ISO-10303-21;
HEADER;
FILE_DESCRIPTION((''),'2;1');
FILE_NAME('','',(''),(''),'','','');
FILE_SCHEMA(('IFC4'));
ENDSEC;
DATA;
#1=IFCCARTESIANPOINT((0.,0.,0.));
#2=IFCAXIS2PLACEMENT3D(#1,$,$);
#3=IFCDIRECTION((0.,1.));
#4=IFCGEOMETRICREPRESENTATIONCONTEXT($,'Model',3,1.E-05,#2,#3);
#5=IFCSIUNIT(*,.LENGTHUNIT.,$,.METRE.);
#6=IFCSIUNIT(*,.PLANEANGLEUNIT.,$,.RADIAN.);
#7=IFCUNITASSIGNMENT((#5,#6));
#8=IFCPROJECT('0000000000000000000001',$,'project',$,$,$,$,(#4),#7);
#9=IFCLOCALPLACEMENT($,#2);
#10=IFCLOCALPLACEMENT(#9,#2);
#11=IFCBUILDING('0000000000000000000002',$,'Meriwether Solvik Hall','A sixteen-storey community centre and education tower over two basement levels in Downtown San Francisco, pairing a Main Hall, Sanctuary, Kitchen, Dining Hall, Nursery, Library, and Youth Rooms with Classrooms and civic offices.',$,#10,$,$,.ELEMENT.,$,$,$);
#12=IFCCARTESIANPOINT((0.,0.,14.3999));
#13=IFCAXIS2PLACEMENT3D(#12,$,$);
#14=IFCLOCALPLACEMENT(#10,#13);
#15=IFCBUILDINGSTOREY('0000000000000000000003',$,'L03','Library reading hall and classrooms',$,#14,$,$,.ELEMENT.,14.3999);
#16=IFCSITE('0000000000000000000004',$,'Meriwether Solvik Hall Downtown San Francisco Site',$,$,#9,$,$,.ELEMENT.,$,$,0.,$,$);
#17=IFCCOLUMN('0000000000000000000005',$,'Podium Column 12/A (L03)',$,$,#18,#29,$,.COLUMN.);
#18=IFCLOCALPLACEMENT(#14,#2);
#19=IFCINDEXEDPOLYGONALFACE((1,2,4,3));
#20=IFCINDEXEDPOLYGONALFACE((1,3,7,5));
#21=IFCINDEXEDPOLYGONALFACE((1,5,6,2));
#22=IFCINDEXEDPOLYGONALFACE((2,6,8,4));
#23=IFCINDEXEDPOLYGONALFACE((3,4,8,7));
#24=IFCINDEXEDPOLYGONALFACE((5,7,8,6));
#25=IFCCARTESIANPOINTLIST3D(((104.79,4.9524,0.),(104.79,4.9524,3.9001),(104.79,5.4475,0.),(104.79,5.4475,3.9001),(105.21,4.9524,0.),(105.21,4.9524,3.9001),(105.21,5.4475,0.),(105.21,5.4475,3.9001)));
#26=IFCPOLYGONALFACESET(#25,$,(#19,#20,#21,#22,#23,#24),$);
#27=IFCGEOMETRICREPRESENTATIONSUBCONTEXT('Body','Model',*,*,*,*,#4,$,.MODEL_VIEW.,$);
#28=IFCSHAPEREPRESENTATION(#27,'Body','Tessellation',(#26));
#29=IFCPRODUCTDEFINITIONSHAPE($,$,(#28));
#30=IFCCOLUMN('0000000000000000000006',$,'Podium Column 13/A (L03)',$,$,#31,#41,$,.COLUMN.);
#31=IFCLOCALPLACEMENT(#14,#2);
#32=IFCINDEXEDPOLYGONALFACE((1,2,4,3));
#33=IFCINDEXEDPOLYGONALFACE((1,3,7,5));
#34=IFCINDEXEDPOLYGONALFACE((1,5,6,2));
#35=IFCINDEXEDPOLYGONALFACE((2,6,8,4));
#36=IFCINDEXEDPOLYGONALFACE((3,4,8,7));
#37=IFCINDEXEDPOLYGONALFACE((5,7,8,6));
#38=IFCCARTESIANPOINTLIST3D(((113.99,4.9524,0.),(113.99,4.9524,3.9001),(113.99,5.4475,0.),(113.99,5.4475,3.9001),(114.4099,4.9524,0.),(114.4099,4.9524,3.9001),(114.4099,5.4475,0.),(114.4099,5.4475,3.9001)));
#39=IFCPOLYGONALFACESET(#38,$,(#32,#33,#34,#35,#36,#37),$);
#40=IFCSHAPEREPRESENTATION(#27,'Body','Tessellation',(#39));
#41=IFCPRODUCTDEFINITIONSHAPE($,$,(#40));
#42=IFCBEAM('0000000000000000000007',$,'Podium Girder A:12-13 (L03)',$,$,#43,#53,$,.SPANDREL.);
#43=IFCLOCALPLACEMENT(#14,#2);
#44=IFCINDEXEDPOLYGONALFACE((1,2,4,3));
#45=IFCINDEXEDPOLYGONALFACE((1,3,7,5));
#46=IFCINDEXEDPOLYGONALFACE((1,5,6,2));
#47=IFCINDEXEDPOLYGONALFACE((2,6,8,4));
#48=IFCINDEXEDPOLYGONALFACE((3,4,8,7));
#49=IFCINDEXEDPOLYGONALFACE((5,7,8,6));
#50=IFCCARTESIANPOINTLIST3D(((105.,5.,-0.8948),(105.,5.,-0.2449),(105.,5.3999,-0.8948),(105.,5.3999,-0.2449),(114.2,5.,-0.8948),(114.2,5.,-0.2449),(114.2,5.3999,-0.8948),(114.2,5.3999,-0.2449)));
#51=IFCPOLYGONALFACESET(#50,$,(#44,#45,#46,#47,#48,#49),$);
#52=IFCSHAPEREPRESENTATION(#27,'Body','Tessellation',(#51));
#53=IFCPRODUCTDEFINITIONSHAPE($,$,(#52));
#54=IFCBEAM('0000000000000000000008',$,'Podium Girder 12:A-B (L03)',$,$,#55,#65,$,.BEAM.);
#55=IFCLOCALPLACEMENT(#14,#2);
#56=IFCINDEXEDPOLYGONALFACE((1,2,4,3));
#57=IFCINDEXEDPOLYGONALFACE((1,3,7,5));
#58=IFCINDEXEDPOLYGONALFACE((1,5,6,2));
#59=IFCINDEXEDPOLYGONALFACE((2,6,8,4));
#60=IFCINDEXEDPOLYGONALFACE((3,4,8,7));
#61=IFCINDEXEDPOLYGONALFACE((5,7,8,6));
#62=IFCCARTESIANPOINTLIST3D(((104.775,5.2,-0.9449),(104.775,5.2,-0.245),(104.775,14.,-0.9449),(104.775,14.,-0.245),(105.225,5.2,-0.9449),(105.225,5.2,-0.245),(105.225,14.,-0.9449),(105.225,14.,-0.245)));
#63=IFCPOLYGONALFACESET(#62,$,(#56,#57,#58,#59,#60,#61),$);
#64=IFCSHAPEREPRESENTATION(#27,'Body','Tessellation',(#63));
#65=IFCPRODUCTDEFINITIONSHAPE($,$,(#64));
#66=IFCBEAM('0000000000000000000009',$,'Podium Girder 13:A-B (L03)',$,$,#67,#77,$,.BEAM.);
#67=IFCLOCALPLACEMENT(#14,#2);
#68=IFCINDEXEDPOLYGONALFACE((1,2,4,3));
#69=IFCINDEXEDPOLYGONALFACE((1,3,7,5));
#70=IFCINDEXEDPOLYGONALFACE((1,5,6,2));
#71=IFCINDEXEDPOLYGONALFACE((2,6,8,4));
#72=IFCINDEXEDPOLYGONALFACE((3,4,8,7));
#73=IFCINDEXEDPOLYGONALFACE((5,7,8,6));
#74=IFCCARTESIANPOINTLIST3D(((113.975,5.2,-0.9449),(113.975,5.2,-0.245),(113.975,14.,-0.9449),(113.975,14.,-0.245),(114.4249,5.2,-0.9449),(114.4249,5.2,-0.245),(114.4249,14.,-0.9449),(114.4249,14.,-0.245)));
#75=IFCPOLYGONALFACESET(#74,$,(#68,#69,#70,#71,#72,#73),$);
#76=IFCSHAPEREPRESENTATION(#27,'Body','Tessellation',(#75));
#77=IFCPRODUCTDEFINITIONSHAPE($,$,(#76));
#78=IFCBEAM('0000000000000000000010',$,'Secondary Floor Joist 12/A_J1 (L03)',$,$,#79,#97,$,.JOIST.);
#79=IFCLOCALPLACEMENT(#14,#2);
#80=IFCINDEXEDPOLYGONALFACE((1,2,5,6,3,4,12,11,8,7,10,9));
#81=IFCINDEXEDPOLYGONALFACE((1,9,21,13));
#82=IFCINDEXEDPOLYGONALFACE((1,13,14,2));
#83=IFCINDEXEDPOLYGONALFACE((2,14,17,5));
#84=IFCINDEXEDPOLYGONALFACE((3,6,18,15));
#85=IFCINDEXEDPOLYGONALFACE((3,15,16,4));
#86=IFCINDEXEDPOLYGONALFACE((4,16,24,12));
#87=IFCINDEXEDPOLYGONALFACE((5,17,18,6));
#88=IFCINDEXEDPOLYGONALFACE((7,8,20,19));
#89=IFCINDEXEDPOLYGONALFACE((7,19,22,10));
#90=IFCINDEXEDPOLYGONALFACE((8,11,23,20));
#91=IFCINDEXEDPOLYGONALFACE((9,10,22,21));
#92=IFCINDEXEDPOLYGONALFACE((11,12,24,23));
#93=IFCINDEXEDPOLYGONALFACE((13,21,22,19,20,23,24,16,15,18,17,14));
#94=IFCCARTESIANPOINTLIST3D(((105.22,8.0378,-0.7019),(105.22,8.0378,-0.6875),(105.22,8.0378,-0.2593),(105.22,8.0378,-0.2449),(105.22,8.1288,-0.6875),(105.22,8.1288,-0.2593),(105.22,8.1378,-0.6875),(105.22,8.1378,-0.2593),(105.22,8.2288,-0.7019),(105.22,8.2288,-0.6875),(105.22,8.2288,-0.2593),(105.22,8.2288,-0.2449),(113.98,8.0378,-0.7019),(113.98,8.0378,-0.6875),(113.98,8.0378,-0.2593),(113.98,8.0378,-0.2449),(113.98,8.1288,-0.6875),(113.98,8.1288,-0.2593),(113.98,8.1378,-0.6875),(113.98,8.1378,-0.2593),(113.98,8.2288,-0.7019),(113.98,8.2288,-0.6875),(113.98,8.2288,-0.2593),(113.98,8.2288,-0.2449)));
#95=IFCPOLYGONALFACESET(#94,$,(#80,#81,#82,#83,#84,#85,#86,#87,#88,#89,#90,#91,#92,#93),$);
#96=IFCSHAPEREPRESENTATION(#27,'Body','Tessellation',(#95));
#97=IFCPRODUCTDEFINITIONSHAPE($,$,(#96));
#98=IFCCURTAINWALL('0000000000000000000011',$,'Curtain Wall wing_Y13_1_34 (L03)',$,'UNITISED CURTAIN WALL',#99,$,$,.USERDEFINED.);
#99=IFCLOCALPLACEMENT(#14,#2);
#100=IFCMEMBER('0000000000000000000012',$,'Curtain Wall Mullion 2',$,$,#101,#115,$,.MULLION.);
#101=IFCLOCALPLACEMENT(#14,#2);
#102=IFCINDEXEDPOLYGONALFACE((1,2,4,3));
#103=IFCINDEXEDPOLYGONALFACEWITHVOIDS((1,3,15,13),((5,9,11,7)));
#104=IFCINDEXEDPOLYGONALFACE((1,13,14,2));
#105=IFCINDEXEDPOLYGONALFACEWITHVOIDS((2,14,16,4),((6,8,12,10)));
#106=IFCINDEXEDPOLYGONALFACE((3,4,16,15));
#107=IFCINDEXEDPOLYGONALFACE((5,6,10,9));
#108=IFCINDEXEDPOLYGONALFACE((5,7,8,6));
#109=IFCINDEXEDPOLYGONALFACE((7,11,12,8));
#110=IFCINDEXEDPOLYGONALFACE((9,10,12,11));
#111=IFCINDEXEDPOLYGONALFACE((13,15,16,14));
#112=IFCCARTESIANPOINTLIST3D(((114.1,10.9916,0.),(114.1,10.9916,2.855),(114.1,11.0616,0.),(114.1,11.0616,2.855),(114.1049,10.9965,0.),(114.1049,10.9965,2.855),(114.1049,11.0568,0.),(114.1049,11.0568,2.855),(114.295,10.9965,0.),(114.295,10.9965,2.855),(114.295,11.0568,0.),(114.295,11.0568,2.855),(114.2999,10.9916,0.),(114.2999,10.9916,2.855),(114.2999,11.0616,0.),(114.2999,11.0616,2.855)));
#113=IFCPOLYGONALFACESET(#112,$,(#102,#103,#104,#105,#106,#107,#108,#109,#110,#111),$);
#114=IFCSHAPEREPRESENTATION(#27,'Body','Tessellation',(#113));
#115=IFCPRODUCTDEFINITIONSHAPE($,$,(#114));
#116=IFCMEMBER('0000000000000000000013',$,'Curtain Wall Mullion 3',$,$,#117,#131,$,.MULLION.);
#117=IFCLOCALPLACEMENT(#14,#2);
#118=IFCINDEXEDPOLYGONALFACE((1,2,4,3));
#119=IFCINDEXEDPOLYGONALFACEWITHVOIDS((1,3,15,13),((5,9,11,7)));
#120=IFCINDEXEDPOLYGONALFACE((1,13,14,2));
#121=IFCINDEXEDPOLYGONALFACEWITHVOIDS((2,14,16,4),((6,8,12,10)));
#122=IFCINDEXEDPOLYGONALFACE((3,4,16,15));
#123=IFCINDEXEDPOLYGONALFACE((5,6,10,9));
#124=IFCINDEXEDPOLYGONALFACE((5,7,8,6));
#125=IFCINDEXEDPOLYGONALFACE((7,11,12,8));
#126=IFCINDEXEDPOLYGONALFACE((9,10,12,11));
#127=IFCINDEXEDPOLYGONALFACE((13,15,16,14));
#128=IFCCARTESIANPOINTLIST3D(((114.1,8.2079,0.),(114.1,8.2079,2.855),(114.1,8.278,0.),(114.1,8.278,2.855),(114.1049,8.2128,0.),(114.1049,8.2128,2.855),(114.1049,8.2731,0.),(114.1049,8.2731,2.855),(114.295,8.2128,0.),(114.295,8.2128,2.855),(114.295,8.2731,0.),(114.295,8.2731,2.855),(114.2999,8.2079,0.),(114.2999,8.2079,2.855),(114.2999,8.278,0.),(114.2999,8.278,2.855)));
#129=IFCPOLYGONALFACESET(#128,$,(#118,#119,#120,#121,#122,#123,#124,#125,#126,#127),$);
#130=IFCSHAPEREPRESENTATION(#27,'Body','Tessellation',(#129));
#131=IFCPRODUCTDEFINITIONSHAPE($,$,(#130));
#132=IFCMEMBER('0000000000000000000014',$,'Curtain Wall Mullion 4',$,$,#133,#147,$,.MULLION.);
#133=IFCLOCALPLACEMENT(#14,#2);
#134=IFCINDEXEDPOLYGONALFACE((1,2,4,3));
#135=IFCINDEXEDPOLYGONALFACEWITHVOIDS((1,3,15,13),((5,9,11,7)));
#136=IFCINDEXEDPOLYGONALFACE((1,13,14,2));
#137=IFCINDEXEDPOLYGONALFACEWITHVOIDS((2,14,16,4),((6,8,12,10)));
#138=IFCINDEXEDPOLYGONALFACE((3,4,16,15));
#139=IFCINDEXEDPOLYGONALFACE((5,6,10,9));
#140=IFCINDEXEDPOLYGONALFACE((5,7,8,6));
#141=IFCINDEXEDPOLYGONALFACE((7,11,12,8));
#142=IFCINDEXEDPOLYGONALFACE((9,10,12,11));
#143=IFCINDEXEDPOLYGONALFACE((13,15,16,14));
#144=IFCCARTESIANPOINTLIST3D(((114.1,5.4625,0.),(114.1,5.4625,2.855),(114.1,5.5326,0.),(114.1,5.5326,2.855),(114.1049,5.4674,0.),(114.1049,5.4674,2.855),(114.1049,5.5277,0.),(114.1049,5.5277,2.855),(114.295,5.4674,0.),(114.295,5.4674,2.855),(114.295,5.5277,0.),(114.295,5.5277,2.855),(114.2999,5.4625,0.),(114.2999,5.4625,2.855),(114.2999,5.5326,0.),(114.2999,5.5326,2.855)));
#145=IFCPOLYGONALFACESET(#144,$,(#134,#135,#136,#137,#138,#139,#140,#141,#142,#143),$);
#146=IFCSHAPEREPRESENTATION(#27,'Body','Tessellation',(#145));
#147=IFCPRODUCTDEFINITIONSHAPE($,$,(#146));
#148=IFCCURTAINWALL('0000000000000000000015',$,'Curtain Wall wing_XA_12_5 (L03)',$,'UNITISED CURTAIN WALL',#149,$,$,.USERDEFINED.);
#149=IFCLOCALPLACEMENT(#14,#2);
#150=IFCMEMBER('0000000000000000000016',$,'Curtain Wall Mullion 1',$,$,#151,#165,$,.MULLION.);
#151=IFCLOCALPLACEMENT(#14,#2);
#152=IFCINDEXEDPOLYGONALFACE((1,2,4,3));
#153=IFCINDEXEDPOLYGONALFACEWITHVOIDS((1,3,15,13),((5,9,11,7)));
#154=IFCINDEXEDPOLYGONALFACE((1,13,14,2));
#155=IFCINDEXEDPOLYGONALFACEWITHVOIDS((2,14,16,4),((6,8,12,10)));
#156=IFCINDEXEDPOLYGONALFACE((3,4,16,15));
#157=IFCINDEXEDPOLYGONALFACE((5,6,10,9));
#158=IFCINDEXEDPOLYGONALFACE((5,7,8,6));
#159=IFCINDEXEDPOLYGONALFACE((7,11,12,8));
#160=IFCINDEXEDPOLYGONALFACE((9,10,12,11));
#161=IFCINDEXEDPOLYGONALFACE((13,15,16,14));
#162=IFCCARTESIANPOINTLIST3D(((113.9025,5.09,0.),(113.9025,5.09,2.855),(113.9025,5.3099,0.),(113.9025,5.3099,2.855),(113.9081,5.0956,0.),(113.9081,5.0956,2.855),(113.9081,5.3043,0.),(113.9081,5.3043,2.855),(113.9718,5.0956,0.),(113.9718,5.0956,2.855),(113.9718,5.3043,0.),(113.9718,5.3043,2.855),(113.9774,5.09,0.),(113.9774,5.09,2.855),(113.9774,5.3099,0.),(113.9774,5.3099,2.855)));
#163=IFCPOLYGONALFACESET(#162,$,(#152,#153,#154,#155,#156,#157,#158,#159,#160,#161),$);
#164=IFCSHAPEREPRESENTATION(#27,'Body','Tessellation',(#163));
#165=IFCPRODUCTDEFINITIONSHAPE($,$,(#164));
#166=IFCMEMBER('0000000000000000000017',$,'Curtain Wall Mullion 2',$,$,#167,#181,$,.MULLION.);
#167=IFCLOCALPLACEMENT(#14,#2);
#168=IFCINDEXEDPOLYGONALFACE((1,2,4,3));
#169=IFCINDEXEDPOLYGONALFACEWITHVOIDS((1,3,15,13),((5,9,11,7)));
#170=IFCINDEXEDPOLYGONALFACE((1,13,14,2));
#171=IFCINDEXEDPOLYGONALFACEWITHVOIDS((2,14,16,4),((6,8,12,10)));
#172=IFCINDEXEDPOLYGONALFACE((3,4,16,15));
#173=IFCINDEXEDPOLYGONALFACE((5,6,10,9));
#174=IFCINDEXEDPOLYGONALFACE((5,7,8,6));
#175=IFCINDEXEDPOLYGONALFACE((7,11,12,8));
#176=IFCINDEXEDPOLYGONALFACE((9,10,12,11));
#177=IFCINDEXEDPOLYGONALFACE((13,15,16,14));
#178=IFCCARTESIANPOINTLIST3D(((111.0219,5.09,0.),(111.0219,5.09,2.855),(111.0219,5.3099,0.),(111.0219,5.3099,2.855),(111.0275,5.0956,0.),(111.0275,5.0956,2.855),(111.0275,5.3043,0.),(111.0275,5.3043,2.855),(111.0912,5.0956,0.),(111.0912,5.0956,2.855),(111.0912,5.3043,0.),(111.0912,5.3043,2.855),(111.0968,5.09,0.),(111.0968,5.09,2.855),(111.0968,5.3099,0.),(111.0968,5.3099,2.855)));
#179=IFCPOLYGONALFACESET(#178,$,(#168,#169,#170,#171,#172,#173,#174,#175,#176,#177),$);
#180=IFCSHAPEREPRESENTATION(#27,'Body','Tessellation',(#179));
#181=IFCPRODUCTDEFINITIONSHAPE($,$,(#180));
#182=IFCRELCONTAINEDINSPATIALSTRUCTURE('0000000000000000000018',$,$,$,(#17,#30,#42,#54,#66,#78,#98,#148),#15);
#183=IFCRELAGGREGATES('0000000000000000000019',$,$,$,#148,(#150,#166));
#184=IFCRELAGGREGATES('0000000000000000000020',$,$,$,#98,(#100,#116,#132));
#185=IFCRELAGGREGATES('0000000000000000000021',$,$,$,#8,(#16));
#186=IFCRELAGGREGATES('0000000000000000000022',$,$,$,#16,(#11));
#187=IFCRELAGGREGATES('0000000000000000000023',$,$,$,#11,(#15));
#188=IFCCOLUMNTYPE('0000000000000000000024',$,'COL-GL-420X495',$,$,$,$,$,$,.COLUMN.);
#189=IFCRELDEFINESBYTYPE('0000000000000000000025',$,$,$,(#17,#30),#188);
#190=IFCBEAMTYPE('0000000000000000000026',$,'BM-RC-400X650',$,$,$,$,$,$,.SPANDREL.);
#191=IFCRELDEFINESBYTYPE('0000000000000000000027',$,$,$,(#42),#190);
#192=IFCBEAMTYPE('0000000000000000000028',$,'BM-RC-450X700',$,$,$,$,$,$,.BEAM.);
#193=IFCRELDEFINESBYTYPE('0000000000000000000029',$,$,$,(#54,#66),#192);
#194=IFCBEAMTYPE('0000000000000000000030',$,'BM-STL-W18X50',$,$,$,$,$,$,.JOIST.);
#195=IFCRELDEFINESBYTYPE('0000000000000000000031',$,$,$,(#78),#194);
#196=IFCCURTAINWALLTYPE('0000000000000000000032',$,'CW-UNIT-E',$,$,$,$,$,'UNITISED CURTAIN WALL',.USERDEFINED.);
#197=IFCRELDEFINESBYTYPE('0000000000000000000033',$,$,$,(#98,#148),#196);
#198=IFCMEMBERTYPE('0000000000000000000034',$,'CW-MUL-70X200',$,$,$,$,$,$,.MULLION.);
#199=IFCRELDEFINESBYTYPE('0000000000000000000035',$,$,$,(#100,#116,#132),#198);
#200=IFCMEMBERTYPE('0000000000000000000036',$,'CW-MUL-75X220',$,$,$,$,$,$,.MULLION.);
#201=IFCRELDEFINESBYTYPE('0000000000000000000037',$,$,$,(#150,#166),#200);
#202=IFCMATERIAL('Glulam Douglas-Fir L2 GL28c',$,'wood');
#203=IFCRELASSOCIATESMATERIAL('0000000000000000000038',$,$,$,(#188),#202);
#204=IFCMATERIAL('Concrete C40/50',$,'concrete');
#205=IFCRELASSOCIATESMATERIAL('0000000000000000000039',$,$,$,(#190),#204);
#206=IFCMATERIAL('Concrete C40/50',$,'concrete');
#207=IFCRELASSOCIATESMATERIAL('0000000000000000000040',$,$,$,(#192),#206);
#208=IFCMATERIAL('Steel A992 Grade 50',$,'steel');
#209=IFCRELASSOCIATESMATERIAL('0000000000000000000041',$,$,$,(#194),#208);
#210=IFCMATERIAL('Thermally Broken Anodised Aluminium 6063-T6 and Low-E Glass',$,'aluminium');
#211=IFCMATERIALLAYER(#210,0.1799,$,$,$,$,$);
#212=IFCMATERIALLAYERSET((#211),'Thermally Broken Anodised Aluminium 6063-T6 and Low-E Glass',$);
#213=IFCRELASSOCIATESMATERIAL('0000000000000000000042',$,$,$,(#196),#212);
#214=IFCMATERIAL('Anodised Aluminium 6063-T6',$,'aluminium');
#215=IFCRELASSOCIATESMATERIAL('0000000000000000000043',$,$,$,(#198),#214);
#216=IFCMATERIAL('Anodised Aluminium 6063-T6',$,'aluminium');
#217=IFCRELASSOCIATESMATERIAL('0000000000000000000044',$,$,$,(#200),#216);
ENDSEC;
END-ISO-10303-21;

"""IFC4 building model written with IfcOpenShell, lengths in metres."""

from ifc_helpers import new_model, si_unit, direction, frame, origin, origin_2d, place, context, subcontext, project, spatial, rectangle, hollow_rectangle, i_section, extrude, material, layer, layer_set, material_profile, profile_set, type_object, element, aggregate, save


model = new_model("IFC4")

# Units and contexts
model_context = context("Model", 3, precision=1e-05, world=origin(), true_north=direction((0.0, 1.0)))
body_context = subcontext(model_context, "Body", "Model", "MODEL_VIEW")
ifc_project = project(units=[si_unit("LENGTHUNIT", "METRE"), si_unit("PLANEANGLEUNIT", "RADIAN")], contexts=[model_context])

# Site, building, storey
site_placement = place(None, origin())
site = spatial("IfcSite", under=ifc_project, at=site_placement, Name="Meriwether Solvik Hall Downtown San Francisco Site", CompositionType="ELEMENT", RefElevation=0.0)
building_placement = place(site_placement, origin())
building = spatial("IfcBuilding", under=site, at=building_placement, Name="Meriwether Solvik Hall", Description="A sixteen-storey community centre and education tower over two basement levels in Downtown San Francisco, pairing a Main Hall, Sanctuary, Kitchen, Dining Hall, Nursery, Library, and Youth Rooms with Classrooms and civic offices.", CompositionType="ELEMENT")
storey_placement = place(building_placement, frame((0.0, 0.0, 14.3999)))
storey = spatial("IfcBuildingStorey", under=building, at=storey_placement, Name="L03", Description="Library reading hall and classrooms", CompositionType="ELEMENT", Elevation=14.3999)

# Columns
ifc_material_1 = material(Name="Glulam Douglas-Fir L2 GL28c", Category="wood")
ifc_material_profile_1 = material_profile(ifc_material_1, rectangle(XDim=0.4199, YDim=0.4951, at=origin_2d()), Name="GLC-420X495")
ifc_profile_set_1 = profile_set([ifc_material_profile_1], Name="Glulam Douglas-Fir L2 GL28c")
column_type = type_object("IfcColumnType", Name="COL-GL-420X495", PredefinedType="COLUMN", material=ifc_profile_set_1)
for number, where, z_axis, x_axis, name in (
    (1, (105.0, 5.2, 0.0), (0.0, 0.0, 1.0), (1.0, 0.0, 0.0), "Podium Column 12/A (L03)"),
    (2, (114.2, 5.2, 0.0), (0.0, 0.0, 1.0), (1.0, 0.0, 0.0), "Podium Column 13/A (L03)"),
):
    element("IfcColumn", number, at=place(storey_placement, frame(where, z_axis=z_axis, x_axis=x_axis)), inside=storey, type_object=column_type, Name=name, PredefinedType="COLUMN", context=body_context, shape_type="SweptSolid", body=[
        extrude(rectangle(XDim=0.4199, YDim=0.4951, at=origin_2d()), origin(), (0.0, 0.0, 1.0), 3.9001),
    ])

# Beams
ifc_material_2 = material(Name="Concrete C40/50", Category="concrete")
ifc_material_profile_2 = material_profile(ifc_material_2, rectangle(XDim=0.3999, YDim=0.6499, at=origin_2d()), Name="RCB-400X650")
ifc_profile_set_2 = profile_set([ifc_material_profile_2], Name="Concrete C40/50")
beam_type_1 = type_object("IfcBeamType", Name="BM-RC-400X650", PredefinedType="SPANDREL", material=ifc_profile_set_2)
beam_1_placement = place(storey_placement, frame((105.0, 5.2, -0.5698), z_axis=(1.0, 0.0, 0.0), x_axis=(0.0, 1.0, 0.0)))
element("IfcBeam", 3, at=beam_1_placement, inside=storey, type_object=beam_type_1, Name="Podium Girder A:12-13 (L03)", PredefinedType="SPANDREL", context=body_context, shape_type="SweptSolid", body=[
    extrude(rectangle(XDim=0.3999, YDim=0.6499, at=origin_2d()), origin(), (0.0, 0.0, 1.0), 9.2),
])
ifc_material_3 = material(Name="Concrete C40/50", Category="concrete")
ifc_material_profile_3 = material_profile(ifc_material_3, rectangle(XDim=0.45, YDim=0.7, at=origin_2d()), Name="RCB-450X700")
ifc_profile_set_3 = profile_set([ifc_material_profile_3], Name="Concrete C40/50")
beam_type_2 = type_object("IfcBeamType", Name="BM-RC-450X700", PredefinedType="BEAM", material=ifc_profile_set_3)
for number, where, z_axis, x_axis, name in (
    (4, (105.0, 5.2, -0.595), (0.0, 1.0, 0.0), (-1.0, 0.0, 0.0), "Podium Girder 12:A-B (L03)"),
    (5, (114.2, 5.2, -0.595), (0.0, 1.0, 0.0), (-1.0, 0.0, 0.0), "Podium Girder 13:A-B (L03)"),
):
    element("IfcBeam", number, at=place(storey_placement, frame(where, z_axis=z_axis, x_axis=x_axis)), inside=storey, type_object=beam_type_2, Name=name, PredefinedType="BEAM", context=body_context, shape_type="SweptSolid", body=[
        extrude(rectangle(XDim=0.45, YDim=0.7, at=origin_2d()), origin(), (0.0, 0.0, 1.0), 8.8),
    ])
ifc_material_4 = material(Name="Steel A992 Grade 50", Category="steel")
ifc_material_profile_4 = material_profile(ifc_material_4, i_section(OverallWidth=0.1909, OverallDepth=0.457, WebThickness=0.009, FlangeThickness=0.0144, at=origin_2d()), Name="W18X50")
ifc_profile_set_4 = profile_set([ifc_material_profile_4], Name="Steel A992 Grade 50")
beam_type_3 = type_object("IfcBeamType", Name="BM-STL-W18X50", PredefinedType="JOIST", material=ifc_profile_set_4)
beam_2_placement = place(storey_placement, frame((105.22, 8.1333, -0.4734), z_axis=(1.0, 0.0, 0.0), x_axis=(0.0, 1.0, 0.0)))
element("IfcBeam", 6, at=beam_2_placement, inside=storey, type_object=beam_type_3, Name="Secondary Floor Joist 12/A_J1 (L03)", PredefinedType="JOIST", context=body_context, shape_type="SweptSolid", body=[
    extrude(i_section(OverallWidth=0.1909, OverallDepth=0.457, WebThickness=0.009, FlangeThickness=0.0144, at=origin_2d()), origin(), (0.0, 0.0, 1.0), 8.76),
])

# Curtain walls, members
ifc_material_5 = material(Name="Thermally Broken Anodised Aluminium 6063-T6 and Low-E Glass", Category="aluminium")
ifc_layer_1 = layer(ifc_material_5, 0.1799)
ifc_layer_set_1 = layer_set([ifc_layer_1], Name="Thermally Broken Anodised Aluminium 6063-T6 and Low-E Glass")
curtain_wall_type = type_object("IfcCurtainWallType", Name="CW-UNIT-E", ElementType="UNITISED CURTAIN WALL", PredefinedType="USERDEFINED", material=ifc_layer_set_1)
curtain_wall_1_placement = place(storey_placement, origin())
curtain_wall_1 = element("IfcCurtainWall", 7, at=curtain_wall_1_placement, inside=storey, type_object=curtain_wall_type, Name="Curtain Wall wing_Y13_1_34 (L03)", ObjectType="UNITISED CURTAIN WALL", PredefinedType="USERDEFINED")
ifc_material_6 = material(Name="Anodised Aluminium 6063-T6", Category="aluminium")
ifc_material_profile_5 = material_profile(ifc_material_6, hollow_rectangle(XDim=0.0701, YDim=0.2, WallThickness=0.0049, at=origin_2d()), Name="CWM-70X200")
ifc_profile_set_5 = profile_set([ifc_material_profile_5], Name="Anodised Aluminium 6063-T6")
member_type_1 = type_object("IfcMemberType", Name="CW-MUL-70X200", PredefinedType="MULLION", material=ifc_profile_set_5)
member_1_placement = place(storey_placement, frame((114.2, 11.0266, 0.0), z_axis=(0.0, 0.0, 1.0), x_axis=(0.0, -1.0, 0.0)))
member_1 = element("IfcMember", 8, at=member_1_placement, type_object=member_type_1, Name="Curtain Wall Mullion 2", PredefinedType="MULLION", context=body_context, shape_type="SweptSolid", body=[
    extrude(hollow_rectangle(XDim=0.0701, YDim=0.2, WallThickness=0.0049, at=origin_2d()), origin(), (0.0, 0.0, 1.0), 2.855),
])
member_2_placement = place(storey_placement, frame((114.2, 8.2429, 0.0), z_axis=(0.0, 0.0, 1.0), x_axis=(0.0, -1.0, 0.0)))
member_2 = element("IfcMember", 9, at=member_2_placement, type_object=member_type_1, Name="Curtain Wall Mullion 3", PredefinedType="MULLION", context=body_context, shape_type="SweptSolid", body=[
    extrude(hollow_rectangle(XDim=0.0701, YDim=0.2, WallThickness=0.0049, at=origin_2d()), origin(), (0.0, 0.0, 1.0), 2.855),
])
member_3_placement = place(storey_placement, frame((114.2, 5.4976, 0.0), z_axis=(0.0, 0.0, 1.0), x_axis=(0.0, -1.0, 0.0)))
member_3 = element("IfcMember", 10, at=member_3_placement, type_object=member_type_1, Name="Curtain Wall Mullion 4", PredefinedType="MULLION", context=body_context, shape_type="SweptSolid", body=[
    extrude(hollow_rectangle(XDim=0.0701, YDim=0.2, WallThickness=0.0049, at=origin_2d()), origin(), (0.0, 0.0, 1.0), 2.855),
])
curtain_wall_2_placement = place(storey_placement, origin())
curtain_wall_2 = element("IfcCurtainWall", 11, at=curtain_wall_2_placement, inside=storey, type_object=curtain_wall_type, Name="Curtain Wall wing_XA_12_5 (L03)", ObjectType="UNITISED CURTAIN WALL", PredefinedType="USERDEFINED")
ifc_material_7 = material(Name="Anodised Aluminium 6063-T6", Category="aluminium")
ifc_material_profile_6 = material_profile(ifc_material_7, hollow_rectangle(XDim=0.075, YDim=0.22, WallThickness=0.0056, at=origin_2d()), Name="CWM-75X220")
ifc_profile_set_6 = profile_set([ifc_material_profile_6], Name="Anodised Aluminium 6063-T6")
member_type_2 = type_object("IfcMemberType", Name="CW-MUL-75X220", PredefinedType="MULLION", material=ifc_profile_set_6)
member_4_placement = place(storey_placement, frame((113.9399, 5.2, 0.0), z_axis=(0.0, 0.0, 1.0), x_axis=(-1.0, 0.0, 0.0)))
member_4 = element("IfcMember", 12, at=member_4_placement, type_object=member_type_2, Name="Curtain Wall Mullion 1", PredefinedType="MULLION", context=body_context, shape_type="SweptSolid", body=[
    extrude(hollow_rectangle(XDim=0.075, YDim=0.22, WallThickness=0.0056, at=origin_2d()), origin(), (0.0, 0.0, 1.0), 2.855),
])
member_5_placement = place(storey_placement, frame((111.0593, 5.2, 0.0), z_axis=(0.0, 0.0, 1.0), x_axis=(-1.0, 0.0, 0.0)))
member_5 = element("IfcMember", 13, at=member_5_placement, type_object=member_type_2, Name="Curtain Wall Mullion 2", PredefinedType="MULLION", context=body_context, shape_type="SweptSolid", body=[
    extrude(hollow_rectangle(XDim=0.075, YDim=0.22, WallThickness=0.0056, at=origin_2d()), origin(), (0.0, 0.0, 1.0), 2.855),
])

aggregate(curtain_wall_2, [member_4, member_5])
aggregate(curtain_wall_1, [member_1, member_2, member_3])

save(model, "model.ifc")
